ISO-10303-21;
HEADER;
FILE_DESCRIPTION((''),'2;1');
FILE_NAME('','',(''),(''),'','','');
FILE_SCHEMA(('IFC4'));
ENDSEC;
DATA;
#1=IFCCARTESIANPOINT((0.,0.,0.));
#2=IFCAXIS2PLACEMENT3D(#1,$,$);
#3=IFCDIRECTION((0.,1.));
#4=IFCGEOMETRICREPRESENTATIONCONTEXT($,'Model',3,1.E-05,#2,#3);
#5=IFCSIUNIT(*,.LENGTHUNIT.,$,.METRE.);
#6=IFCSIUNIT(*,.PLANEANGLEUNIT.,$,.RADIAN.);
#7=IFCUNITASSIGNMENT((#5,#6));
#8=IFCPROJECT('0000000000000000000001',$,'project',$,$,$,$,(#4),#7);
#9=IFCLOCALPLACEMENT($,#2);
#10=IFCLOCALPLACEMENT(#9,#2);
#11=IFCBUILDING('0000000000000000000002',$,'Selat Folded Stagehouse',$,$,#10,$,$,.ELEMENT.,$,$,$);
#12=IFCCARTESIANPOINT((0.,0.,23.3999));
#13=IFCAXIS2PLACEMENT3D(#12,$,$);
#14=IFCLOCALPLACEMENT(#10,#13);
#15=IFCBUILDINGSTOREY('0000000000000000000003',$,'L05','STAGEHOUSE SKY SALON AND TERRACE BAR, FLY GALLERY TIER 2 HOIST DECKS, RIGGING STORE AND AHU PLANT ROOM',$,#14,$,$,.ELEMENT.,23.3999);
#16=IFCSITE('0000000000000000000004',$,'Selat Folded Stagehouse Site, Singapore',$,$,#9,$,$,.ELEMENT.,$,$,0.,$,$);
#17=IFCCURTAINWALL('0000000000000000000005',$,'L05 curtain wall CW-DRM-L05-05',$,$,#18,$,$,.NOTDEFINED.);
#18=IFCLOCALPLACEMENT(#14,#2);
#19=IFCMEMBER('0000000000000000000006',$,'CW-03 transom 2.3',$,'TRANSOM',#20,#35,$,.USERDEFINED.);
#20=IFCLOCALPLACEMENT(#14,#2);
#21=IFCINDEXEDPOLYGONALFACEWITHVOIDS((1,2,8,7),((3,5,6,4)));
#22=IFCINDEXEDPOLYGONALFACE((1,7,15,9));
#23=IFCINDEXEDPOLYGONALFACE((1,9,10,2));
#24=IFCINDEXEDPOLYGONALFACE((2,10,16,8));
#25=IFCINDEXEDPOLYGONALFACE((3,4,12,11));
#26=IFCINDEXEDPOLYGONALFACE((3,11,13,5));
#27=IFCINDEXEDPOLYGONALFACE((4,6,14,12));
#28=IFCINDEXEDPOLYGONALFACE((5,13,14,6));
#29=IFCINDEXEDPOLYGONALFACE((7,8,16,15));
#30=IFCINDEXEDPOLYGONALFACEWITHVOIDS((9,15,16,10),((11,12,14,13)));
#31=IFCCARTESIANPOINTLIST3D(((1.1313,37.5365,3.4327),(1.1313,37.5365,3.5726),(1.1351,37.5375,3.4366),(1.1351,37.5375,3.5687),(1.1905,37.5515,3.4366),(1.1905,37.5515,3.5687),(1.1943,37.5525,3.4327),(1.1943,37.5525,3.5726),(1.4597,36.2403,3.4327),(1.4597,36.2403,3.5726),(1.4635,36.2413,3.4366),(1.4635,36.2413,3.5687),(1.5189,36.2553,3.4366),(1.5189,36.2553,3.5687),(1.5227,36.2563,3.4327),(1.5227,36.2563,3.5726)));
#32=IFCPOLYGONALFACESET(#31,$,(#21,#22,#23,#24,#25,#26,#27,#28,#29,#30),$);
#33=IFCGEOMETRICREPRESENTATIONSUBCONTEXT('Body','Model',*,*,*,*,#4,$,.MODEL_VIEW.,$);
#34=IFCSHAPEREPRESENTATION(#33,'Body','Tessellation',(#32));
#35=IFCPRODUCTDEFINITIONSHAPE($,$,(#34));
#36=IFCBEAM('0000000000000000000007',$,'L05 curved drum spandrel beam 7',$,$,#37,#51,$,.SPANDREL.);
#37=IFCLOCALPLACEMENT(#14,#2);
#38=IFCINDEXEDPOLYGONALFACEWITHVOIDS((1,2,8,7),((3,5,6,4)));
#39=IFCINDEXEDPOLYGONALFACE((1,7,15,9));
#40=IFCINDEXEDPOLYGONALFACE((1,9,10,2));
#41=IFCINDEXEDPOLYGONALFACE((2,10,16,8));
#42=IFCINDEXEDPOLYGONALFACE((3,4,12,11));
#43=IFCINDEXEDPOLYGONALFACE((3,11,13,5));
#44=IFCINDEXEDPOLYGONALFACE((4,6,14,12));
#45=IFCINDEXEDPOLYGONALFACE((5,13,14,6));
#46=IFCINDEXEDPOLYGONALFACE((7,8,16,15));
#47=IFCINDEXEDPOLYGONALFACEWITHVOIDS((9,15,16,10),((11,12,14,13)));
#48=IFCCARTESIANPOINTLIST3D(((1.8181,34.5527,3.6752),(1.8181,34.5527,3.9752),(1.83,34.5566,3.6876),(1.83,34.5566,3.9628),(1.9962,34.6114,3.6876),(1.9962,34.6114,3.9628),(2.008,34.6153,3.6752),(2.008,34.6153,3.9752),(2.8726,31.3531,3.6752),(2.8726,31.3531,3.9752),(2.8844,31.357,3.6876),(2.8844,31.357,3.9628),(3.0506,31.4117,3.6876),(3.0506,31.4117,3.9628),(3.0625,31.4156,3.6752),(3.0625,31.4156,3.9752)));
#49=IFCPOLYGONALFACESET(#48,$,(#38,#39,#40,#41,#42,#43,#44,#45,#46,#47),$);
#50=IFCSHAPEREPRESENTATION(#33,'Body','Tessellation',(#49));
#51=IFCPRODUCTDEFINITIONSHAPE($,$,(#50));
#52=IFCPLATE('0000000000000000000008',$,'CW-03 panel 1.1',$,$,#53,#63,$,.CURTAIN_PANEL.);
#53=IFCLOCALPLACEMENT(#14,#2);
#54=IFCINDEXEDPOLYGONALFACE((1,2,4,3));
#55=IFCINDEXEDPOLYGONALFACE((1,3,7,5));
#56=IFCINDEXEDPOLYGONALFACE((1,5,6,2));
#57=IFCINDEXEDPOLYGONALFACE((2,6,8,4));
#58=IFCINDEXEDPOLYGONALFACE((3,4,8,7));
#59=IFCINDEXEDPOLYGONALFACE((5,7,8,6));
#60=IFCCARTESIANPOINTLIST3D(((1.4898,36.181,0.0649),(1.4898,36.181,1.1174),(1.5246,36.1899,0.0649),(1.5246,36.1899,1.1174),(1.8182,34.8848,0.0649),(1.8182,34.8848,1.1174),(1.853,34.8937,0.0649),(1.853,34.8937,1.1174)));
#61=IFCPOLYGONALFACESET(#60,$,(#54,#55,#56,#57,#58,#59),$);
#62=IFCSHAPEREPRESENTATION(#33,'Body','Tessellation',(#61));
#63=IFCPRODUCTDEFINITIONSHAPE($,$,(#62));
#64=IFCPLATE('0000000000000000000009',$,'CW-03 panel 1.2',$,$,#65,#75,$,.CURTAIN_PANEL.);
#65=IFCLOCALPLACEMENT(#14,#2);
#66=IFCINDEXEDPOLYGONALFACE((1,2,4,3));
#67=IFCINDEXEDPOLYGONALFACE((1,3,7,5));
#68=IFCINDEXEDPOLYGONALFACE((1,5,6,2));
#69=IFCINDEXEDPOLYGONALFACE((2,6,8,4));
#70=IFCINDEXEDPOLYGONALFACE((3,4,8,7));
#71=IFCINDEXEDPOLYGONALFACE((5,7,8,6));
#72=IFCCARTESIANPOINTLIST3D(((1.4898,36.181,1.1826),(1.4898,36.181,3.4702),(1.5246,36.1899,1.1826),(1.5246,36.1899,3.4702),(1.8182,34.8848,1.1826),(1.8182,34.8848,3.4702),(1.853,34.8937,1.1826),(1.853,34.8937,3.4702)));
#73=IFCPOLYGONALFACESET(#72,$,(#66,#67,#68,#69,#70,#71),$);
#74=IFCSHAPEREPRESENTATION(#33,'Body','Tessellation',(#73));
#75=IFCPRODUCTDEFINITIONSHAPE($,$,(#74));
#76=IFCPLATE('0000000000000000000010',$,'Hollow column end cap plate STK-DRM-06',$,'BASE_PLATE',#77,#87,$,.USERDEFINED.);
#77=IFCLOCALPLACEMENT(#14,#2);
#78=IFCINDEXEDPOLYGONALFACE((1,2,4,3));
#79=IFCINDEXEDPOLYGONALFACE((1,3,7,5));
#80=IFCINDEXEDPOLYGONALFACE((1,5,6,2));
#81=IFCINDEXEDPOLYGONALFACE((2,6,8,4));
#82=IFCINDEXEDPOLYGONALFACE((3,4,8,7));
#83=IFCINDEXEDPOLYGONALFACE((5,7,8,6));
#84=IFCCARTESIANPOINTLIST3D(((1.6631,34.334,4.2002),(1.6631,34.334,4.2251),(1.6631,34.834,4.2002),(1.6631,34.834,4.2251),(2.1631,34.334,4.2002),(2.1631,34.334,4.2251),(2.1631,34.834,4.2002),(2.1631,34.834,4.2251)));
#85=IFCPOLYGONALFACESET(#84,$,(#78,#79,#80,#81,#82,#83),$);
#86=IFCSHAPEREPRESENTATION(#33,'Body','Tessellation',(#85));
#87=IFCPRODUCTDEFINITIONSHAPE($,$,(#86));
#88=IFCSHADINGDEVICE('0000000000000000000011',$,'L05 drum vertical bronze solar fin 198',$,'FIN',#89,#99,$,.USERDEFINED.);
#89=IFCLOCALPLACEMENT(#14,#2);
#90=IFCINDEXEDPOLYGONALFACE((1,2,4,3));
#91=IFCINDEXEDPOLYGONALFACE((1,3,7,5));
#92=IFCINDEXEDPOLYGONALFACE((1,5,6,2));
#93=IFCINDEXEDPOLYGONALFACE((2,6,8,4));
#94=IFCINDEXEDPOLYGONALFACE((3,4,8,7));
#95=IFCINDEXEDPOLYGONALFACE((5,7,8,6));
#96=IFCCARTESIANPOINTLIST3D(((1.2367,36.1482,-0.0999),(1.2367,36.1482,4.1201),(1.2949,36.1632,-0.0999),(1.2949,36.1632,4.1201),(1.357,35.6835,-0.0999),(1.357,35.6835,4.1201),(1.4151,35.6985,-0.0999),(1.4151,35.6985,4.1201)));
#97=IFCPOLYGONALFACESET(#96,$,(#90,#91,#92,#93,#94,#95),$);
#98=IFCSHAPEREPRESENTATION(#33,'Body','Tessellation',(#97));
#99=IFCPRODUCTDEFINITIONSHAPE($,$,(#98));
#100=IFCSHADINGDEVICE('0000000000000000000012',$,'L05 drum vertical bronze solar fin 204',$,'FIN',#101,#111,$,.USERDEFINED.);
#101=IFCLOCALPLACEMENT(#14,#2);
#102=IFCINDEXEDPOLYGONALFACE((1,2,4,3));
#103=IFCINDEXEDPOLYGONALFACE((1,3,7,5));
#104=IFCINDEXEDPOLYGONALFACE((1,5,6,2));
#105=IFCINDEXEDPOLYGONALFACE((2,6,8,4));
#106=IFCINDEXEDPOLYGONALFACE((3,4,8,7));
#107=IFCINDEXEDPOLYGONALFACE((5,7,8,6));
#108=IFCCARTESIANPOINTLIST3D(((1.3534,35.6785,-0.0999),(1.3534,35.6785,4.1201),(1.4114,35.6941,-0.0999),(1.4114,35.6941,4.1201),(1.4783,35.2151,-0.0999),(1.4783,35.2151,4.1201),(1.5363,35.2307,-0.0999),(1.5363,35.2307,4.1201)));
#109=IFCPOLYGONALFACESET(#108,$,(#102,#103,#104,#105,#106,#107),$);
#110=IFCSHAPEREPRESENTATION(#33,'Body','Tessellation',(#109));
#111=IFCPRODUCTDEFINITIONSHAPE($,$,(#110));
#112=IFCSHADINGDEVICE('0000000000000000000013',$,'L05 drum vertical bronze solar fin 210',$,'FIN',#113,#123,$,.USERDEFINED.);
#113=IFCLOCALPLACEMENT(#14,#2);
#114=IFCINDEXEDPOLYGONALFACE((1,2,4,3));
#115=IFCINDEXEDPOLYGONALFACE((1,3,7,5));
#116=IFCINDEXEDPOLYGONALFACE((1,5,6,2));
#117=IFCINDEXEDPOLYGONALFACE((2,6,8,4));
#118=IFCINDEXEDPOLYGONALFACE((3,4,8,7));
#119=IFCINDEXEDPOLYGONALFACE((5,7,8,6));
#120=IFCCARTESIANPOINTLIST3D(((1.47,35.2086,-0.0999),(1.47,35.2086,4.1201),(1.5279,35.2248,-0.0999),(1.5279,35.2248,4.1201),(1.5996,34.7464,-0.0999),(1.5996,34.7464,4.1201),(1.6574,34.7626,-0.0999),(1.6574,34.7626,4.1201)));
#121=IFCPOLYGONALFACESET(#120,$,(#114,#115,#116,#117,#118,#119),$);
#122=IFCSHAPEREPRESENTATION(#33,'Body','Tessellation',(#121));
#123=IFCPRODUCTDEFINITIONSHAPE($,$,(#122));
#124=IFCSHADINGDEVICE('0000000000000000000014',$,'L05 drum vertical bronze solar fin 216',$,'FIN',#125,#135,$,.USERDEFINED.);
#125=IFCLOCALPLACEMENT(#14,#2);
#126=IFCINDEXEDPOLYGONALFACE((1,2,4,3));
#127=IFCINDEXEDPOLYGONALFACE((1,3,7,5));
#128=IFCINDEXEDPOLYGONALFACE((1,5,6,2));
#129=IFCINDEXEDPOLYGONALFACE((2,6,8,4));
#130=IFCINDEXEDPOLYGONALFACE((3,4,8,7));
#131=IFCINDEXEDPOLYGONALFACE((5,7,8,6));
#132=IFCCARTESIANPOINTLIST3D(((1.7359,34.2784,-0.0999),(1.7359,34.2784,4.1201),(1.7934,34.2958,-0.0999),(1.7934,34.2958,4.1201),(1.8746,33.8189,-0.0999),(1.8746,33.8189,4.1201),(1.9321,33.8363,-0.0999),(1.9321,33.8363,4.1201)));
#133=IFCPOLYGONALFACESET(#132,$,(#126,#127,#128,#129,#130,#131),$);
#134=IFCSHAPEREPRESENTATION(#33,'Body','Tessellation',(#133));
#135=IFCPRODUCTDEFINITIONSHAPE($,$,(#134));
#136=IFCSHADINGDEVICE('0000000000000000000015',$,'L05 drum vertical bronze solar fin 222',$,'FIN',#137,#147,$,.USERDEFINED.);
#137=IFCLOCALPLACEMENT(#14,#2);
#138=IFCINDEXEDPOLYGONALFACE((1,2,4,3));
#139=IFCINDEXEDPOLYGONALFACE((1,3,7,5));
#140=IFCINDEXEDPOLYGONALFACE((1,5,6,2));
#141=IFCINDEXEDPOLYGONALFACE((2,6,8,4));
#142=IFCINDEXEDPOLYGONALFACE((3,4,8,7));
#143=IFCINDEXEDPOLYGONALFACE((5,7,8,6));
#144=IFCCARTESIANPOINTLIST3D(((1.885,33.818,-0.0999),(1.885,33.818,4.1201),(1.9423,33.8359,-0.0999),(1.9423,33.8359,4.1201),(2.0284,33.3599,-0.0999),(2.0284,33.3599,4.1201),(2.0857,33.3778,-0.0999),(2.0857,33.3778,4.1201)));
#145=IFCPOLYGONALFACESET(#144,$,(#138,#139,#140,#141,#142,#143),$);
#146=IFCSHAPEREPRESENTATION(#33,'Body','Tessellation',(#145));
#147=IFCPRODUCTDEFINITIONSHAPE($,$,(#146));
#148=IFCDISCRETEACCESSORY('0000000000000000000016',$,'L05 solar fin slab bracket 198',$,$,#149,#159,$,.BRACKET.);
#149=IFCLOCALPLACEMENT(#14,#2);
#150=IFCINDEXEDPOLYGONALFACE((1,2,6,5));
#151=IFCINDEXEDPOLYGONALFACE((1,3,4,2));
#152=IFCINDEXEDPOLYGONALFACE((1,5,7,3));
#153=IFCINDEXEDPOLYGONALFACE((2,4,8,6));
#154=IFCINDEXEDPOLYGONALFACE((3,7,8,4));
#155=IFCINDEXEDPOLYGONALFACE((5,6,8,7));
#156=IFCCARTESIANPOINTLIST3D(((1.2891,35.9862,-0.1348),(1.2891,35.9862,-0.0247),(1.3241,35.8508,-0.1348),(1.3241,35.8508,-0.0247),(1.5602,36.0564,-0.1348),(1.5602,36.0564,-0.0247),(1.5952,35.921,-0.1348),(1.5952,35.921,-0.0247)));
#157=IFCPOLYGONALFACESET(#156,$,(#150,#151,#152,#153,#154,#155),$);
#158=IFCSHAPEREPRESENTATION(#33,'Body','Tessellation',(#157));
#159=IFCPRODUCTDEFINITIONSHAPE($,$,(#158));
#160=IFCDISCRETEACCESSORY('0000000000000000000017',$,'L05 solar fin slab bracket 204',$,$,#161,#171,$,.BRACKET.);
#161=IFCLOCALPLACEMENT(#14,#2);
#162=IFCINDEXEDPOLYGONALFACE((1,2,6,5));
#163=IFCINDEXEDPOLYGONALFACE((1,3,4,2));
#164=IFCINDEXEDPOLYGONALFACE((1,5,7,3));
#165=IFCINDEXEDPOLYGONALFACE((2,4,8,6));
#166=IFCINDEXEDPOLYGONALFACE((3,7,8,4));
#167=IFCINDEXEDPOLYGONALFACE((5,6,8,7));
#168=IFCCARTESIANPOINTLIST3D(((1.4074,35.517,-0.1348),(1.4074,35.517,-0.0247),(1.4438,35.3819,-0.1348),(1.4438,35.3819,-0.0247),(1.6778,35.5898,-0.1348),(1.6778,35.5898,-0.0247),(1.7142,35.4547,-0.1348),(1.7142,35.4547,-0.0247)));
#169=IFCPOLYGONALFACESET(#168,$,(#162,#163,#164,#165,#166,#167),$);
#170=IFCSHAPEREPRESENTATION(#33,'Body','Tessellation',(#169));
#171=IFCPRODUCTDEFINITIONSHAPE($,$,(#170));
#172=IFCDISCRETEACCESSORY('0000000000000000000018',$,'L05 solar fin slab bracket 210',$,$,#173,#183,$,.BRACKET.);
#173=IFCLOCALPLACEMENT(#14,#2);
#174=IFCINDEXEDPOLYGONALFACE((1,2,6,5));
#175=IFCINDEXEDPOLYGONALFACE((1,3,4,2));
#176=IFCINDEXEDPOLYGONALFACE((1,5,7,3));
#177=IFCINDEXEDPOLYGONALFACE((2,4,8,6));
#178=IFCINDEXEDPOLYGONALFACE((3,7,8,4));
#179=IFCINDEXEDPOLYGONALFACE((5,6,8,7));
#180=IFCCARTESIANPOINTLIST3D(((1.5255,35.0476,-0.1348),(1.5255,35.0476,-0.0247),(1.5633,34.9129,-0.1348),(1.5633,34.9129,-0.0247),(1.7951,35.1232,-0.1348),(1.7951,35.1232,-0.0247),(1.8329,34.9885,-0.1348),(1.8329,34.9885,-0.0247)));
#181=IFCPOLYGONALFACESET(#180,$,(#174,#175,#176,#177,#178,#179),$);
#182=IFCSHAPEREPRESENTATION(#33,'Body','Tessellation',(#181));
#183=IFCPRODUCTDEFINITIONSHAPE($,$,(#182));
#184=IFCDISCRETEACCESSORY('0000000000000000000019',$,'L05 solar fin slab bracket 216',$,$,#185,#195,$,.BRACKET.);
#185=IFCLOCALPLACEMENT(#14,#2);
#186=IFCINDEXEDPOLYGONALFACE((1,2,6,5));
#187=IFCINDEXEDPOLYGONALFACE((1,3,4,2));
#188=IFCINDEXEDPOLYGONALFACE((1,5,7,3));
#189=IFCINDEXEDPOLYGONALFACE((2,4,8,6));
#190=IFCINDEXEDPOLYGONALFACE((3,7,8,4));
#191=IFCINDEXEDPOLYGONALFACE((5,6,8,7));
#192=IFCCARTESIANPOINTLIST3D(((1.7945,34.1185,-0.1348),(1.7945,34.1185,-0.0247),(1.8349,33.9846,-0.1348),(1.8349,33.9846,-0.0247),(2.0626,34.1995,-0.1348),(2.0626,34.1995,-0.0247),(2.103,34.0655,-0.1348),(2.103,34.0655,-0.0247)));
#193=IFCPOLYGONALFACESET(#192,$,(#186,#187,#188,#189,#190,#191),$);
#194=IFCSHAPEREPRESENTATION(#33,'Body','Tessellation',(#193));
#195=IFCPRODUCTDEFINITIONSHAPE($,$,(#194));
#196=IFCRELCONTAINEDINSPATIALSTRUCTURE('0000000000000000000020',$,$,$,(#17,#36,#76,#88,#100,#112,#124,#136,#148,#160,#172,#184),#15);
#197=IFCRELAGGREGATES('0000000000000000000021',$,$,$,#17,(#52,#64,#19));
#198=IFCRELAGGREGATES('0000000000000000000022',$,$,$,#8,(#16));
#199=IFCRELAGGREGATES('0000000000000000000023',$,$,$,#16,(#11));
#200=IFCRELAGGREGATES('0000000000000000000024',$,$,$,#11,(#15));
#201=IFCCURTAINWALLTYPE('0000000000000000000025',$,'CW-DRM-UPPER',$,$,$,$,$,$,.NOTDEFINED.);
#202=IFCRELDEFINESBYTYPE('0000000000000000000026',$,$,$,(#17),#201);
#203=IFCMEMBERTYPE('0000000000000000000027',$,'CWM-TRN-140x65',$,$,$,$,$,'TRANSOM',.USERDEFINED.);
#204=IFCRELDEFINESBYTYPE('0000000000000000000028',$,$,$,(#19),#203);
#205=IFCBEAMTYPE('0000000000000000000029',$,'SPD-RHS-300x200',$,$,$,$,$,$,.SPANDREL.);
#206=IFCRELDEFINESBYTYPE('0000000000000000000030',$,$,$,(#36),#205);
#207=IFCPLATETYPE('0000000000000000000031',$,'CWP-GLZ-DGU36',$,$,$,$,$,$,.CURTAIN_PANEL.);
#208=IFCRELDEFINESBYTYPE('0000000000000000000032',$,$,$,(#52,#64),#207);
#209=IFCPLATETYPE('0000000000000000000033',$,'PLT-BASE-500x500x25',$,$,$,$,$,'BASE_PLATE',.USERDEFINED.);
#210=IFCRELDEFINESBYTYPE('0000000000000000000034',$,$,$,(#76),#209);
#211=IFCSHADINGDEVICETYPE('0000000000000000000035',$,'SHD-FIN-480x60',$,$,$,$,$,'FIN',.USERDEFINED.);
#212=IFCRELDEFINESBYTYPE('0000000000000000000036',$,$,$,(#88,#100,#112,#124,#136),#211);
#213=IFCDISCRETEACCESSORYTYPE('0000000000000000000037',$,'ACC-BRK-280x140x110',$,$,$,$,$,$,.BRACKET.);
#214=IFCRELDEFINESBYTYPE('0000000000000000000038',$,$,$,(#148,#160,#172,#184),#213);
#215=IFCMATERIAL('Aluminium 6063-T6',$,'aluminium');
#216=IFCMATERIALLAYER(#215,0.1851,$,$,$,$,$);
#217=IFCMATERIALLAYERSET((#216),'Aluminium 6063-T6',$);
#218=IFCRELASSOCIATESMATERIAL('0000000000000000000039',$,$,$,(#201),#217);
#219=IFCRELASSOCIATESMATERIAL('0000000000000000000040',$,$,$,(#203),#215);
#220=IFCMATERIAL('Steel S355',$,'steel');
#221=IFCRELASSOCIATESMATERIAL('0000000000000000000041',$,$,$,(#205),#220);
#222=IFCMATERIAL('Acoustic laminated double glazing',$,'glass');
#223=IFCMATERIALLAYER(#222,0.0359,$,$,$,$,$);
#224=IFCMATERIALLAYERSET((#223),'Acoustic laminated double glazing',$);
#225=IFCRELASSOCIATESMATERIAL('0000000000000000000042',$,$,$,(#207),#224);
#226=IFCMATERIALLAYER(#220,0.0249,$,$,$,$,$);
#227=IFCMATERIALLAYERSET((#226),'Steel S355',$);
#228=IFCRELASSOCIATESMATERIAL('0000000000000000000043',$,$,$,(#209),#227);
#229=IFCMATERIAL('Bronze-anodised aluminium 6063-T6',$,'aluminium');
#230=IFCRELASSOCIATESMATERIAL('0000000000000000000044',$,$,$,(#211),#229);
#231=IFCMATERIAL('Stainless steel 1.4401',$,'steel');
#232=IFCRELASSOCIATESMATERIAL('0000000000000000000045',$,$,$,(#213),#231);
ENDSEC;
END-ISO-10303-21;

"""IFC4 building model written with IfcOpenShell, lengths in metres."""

from ifc_helpers import new_model, si_unit, direction, frame, origin, origin_2d, place, context, subcontext, project, spatial, rectangle, hollow_rectangle, extrude, material, layer, layer_set, material_profile, profile_set, type_object, element, aggregate, save


model = new_model("IFC4")

# Units and contexts
model_context = context("Model", 3, precision=1e-05, world=origin(), true_north=direction((0.0, 1.0)))
body_context = subcontext(model_context, "Body", "Model", "MODEL_VIEW")
ifc_project = project(units=[si_unit("LENGTHUNIT", "METRE"), si_unit("PLANEANGLEUNIT", "RADIAN")], contexts=[model_context])

# Site, building, storey
site_placement = place(None, origin())
site = spatial("IfcSite", under=ifc_project, at=site_placement, Name="Selat Folded Stagehouse Site, Singapore", CompositionType="ELEMENT", RefElevation=0.0)
building_placement = place(site_placement, origin())
building = spatial("IfcBuilding", under=site, at=building_placement, Name="Selat Folded Stagehouse", CompositionType="ELEMENT")
storey_placement = place(building_placement, frame((0.0, 0.0, 23.3999)))
storey = spatial("IfcBuildingStorey", under=building, at=storey_placement, Name="L05", Description="STAGEHOUSE SKY SALON AND TERRACE BAR, FLY GALLERY TIER 2 HOIST DECKS, RIGGING STORE AND AHU PLANT ROOM", CompositionType="ELEMENT", Elevation=23.3999)

# Shared definitions
ifc_material_1 = material(Name="Steel S355", Category="steel")

# Curtain wall, member
ifc_material_2 = material(Name="Aluminium 6063-T6", Category="aluminium")
ifc_layer_1 = layer(ifc_material_2, 0.1851)
ifc_layer_set_1 = layer_set([ifc_layer_1], Name="Aluminium 6063-T6")
curtain_wall_type = type_object("IfcCurtainWallType", Name="CW-DRM-UPPER", PredefinedType="NOTDEFINED", material=ifc_layer_set_1)
curtain_wall_placement = place(storey_placement, origin())
curtain_wall = element("IfcCurtainWall", 1, at=curtain_wall_placement, inside=storey, type_object=curtain_wall_type, Name="L05 curtain wall CW-DRM-L05-05", PredefinedType="NOTDEFINED")
ifc_material_profile_1 = material_profile(ifc_material_2, hollow_rectangle(XDim=0.0649, YDim=0.1399, WallThickness=0.0039, at=origin_2d()), Name="ALU 140x65x4.0")
ifc_profile_set_1 = profile_set([ifc_material_profile_1], Name="Aluminium 6063-T6")
member_type_1 = type_object("IfcMemberType", Name="CWM-TRN-140x65", ElementType="TRANSOM", PredefinedType="USERDEFINED", material=ifc_profile_set_1)
member_1_placement = place(storey_placement, frame((1.4912, 36.2483, 3.5027), z_axis=(-0.245585, 0.969375, 0.0), x_axis=(-0.969375, -0.245585, 0.0)))
member_1 = element("IfcMember", 2, at=member_1_placement, type_object=member_type_1, Name="CW-03 transom 2.3", ObjectType="TRANSOM", PredefinedType="USERDEFINED", context=body_context, shape_type="SweptSolid", body=[
    extrude(hollow_rectangle(XDim=0.0649, YDim=0.1399, WallThickness=0.0039, at=origin_2d()), origin(), (0.0, 0.0, 1.0), 1.3372),
])

# Beam
ifc_material_profile_2 = material_profile(ifc_material_1, hollow_rectangle(XDim=0.2, YDim=0.3, WallThickness=0.0125, at=origin_2d()), Name="RHS 300x200x12.5")
ifc_profile_set_2 = profile_set([ifc_material_profile_2], Name="Steel S355")
beam_type = type_object("IfcBeamType", Name="SPD-RHS-300x200", PredefinedType="SPANDREL", material=ifc_profile_set_2)
beam_placement = place(storey_placement, frame((1.9131, 34.584, 3.8252), z_axis=(0.312987, -0.949758, 0.0), x_axis=(0.949758, 0.312987, 0.0)))
element("IfcBeam", 3, at=beam_placement, inside=storey, type_object=beam_type, Name="L05 curved drum spandrel beam 7", PredefinedType="SPANDREL", context=body_context, shape_type="SweptSolid", body=[
    extrude(hollow_rectangle(XDim=0.2, YDim=0.3, WallThickness=0.0125, at=origin_2d()), origin(), (0.0, 0.0, 1.0), 3.3689),
])

# Plates
ifc_material_3 = material(Name="Acoustic laminated double glazing", Category="glass")
ifc_layer_2 = layer(ifc_material_3, 0.0359)
ifc_layer_set_2 = layer_set([ifc_layer_2], Name="Acoustic laminated double glazing")
plate_type_1 = type_object("IfcPlateType", Name="CWP-GLZ-DGU36", PredefinedType="CURTAIN_PANEL", material=ifc_layer_set_2)
plate_1_placement = place(storey_placement, frame((1.6714, 35.5374, 0.0649), z_axis=(0.0, 0.0, 1.0), x_axis=(-0.245618, 0.969367, 0.0)))
plate_1 = element("IfcPlate", 4, at=plate_1_placement, type_object=plate_type_1, Name="CW-03 panel 1.1", PredefinedType="CURTAIN_PANEL", context=body_context, shape_type="SweptSolid", body=[
    extrude(rectangle(XDim=1.3372, YDim=0.0359, at=origin_2d()), origin(), (0.0, 0.0, 1.0), 1.0525),
])
plate_2_placement = place(storey_placement, frame((1.6714, 35.5374, 1.1826), z_axis=(0.0, 0.0, 1.0), x_axis=(-0.245618, 0.969367, 0.0)))
plate_2 = element("IfcPlate", 5, at=plate_2_placement, type_object=plate_type_1, Name="CW-03 panel 1.2", PredefinedType="CURTAIN_PANEL", context=body_context, shape_type="SweptSolid", body=[
    extrude(rectangle(XDim=1.3372, YDim=0.0359, at=origin_2d()), origin(), (0.0, 0.0, 1.0), 2.2876),
])
aggregate(curtain_wall, [plate_1, plate_2, member_1])
ifc_layer_3 = layer(ifc_material_1, 0.0249)
ifc_layer_set_3 = layer_set([ifc_layer_3], Name="Steel S355")
plate_type_2 = type_object("IfcPlateType", Name="PLT-BASE-500x500x25", ElementType="BASE_PLATE", PredefinedType="USERDEFINED", material=ifc_layer_set_3)
plate_3_placement = place(storey_placement, frame((1.9131, 34.584, 4.2002), z_axis=(0.0, 0.0, 1.0), x_axis=(1.0, 0.0, 0.0)))
element("IfcPlate", 6, at=plate_3_placement, inside=storey, type_object=plate_type_2, Name="Hollow column end cap plate STK-DRM-06", ObjectType="BASE_PLATE", PredefinedType="USERDEFINED", context=body_context, shape_type="SweptSolid", body=[
    extrude(rectangle(XDim=0.5, YDim=0.5, at=origin_2d()), origin(), (0.0, 0.0, 1.0), 0.0249),
])

# Shading devices
ifc_material_4 = material(Name="Bronze-anodised aluminium 6063-T6", Category="aluminium")
ifc_material_profile_3 = material_profile(ifc_material_4, rectangle(XDim=0.0601, YDim=0.48, at=origin_2d()), Name="SOLAR-FIN 480x60")
ifc_profile_set_3 = profile_set([ifc_material_profile_3], Name="Bronze-anodised aluminium 6063-T6")
shading_device_type = type_object("IfcShadingDeviceType", Name="SHD-FIN-480x60", ElementType="FIN", PredefinedType="USERDEFINED", material=ifc_profile_set_3)
for number, where, z_axis, x_axis, name in (
    (7, (1.3259, 35.9233, -0.0999), (0.0, 0.0, 1.0), (-0.968104, -0.250549, 0.0), "L05 drum vertical bronze solar fin 198"),
    (8, (1.4448, 35.4546, -0.0999), (0.0, 0.0, 1.0), (-0.965564, -0.260167, 0.0), "L05 drum vertical bronze solar fin 204"),
    (9, (1.5637, 34.9856, -0.0999), (0.0, 0.0, 1.0), (-0.96288, -0.269928, 0.0), "L05 drum vertical bronze solar fin 210"),
    (10, (1.834, 34.0574, -0.0999), (0.0, 0.0, 1.0), (-0.957319, -0.289032, 0.0), "L05 drum vertical bronze solar fin 216"),
    (11, (1.9854, 33.5979, -0.0999), (0.0, 0.0, 1.0), (-0.954345, -0.298708, 0.0), "L05 drum vertical bronze solar fin 222"),
):
    element("IfcShadingDevice", number, at=place(storey_placement, frame(where, z_axis=z_axis, x_axis=x_axis)), inside=storey, type_object=shading_device_type, Name=name, ObjectType="FIN", PredefinedType="USERDEFINED", context=body_context, shape_type="SweptSolid", body=[
        extrude(rectangle(XDim=0.0601, YDim=0.48, at=origin_2d()), origin(), (0.0, 0.0, 1.0), 4.22),
    ])

# Discrete accessories
ifc_material_5 = material(Name="Stainless steel 1.4401", Category="steel")
discrete_accessory_type = type_object("IfcDiscreteAccessoryType", Name="ACC-BRK-280x140x110", PredefinedType="BRACKET", material=ifc_material_5)
for number, where, z_axis, x_axis, name in (
    (12, (1.4421, 35.9536, -0.1348), (0.0, 0.0, 1.0), (-0.968104, -0.250549, 0.0), "L05 solar fin slab bracket 198"),
    (13, (1.5608, 35.4858, -0.1348), (0.0, 0.0, 1.0), (-0.965564, -0.260167, 0.0), "L05 solar fin slab bracket 204"),
    (14, (1.6792, 35.0181, -0.1348), (0.0, 0.0, 1.0), (-0.96288, -0.269928, 0.0), "L05 solar fin slab bracket 210"),
    (15, (1.9487, 34.092, -0.1348), (0.0, 0.0, 1.0), (-0.957319, -0.289032, 0.0), "L05 solar fin slab bracket 216"),
):
    element("IfcDiscreteAccessory", number, at=place(storey_placement, frame(where, z_axis=z_axis, x_axis=x_axis)), inside=storey, type_object=discrete_accessory_type, Name=name, PredefinedType="BRACKET", context=body_context, shape_type="SweptSolid", body=[
        extrude(rectangle(XDim=0.28, YDim=0.1399, at=origin_2d()), origin(), (0.0, 0.0, 1.0), 0.1101),
    ])

save(model, "model.ifc")
